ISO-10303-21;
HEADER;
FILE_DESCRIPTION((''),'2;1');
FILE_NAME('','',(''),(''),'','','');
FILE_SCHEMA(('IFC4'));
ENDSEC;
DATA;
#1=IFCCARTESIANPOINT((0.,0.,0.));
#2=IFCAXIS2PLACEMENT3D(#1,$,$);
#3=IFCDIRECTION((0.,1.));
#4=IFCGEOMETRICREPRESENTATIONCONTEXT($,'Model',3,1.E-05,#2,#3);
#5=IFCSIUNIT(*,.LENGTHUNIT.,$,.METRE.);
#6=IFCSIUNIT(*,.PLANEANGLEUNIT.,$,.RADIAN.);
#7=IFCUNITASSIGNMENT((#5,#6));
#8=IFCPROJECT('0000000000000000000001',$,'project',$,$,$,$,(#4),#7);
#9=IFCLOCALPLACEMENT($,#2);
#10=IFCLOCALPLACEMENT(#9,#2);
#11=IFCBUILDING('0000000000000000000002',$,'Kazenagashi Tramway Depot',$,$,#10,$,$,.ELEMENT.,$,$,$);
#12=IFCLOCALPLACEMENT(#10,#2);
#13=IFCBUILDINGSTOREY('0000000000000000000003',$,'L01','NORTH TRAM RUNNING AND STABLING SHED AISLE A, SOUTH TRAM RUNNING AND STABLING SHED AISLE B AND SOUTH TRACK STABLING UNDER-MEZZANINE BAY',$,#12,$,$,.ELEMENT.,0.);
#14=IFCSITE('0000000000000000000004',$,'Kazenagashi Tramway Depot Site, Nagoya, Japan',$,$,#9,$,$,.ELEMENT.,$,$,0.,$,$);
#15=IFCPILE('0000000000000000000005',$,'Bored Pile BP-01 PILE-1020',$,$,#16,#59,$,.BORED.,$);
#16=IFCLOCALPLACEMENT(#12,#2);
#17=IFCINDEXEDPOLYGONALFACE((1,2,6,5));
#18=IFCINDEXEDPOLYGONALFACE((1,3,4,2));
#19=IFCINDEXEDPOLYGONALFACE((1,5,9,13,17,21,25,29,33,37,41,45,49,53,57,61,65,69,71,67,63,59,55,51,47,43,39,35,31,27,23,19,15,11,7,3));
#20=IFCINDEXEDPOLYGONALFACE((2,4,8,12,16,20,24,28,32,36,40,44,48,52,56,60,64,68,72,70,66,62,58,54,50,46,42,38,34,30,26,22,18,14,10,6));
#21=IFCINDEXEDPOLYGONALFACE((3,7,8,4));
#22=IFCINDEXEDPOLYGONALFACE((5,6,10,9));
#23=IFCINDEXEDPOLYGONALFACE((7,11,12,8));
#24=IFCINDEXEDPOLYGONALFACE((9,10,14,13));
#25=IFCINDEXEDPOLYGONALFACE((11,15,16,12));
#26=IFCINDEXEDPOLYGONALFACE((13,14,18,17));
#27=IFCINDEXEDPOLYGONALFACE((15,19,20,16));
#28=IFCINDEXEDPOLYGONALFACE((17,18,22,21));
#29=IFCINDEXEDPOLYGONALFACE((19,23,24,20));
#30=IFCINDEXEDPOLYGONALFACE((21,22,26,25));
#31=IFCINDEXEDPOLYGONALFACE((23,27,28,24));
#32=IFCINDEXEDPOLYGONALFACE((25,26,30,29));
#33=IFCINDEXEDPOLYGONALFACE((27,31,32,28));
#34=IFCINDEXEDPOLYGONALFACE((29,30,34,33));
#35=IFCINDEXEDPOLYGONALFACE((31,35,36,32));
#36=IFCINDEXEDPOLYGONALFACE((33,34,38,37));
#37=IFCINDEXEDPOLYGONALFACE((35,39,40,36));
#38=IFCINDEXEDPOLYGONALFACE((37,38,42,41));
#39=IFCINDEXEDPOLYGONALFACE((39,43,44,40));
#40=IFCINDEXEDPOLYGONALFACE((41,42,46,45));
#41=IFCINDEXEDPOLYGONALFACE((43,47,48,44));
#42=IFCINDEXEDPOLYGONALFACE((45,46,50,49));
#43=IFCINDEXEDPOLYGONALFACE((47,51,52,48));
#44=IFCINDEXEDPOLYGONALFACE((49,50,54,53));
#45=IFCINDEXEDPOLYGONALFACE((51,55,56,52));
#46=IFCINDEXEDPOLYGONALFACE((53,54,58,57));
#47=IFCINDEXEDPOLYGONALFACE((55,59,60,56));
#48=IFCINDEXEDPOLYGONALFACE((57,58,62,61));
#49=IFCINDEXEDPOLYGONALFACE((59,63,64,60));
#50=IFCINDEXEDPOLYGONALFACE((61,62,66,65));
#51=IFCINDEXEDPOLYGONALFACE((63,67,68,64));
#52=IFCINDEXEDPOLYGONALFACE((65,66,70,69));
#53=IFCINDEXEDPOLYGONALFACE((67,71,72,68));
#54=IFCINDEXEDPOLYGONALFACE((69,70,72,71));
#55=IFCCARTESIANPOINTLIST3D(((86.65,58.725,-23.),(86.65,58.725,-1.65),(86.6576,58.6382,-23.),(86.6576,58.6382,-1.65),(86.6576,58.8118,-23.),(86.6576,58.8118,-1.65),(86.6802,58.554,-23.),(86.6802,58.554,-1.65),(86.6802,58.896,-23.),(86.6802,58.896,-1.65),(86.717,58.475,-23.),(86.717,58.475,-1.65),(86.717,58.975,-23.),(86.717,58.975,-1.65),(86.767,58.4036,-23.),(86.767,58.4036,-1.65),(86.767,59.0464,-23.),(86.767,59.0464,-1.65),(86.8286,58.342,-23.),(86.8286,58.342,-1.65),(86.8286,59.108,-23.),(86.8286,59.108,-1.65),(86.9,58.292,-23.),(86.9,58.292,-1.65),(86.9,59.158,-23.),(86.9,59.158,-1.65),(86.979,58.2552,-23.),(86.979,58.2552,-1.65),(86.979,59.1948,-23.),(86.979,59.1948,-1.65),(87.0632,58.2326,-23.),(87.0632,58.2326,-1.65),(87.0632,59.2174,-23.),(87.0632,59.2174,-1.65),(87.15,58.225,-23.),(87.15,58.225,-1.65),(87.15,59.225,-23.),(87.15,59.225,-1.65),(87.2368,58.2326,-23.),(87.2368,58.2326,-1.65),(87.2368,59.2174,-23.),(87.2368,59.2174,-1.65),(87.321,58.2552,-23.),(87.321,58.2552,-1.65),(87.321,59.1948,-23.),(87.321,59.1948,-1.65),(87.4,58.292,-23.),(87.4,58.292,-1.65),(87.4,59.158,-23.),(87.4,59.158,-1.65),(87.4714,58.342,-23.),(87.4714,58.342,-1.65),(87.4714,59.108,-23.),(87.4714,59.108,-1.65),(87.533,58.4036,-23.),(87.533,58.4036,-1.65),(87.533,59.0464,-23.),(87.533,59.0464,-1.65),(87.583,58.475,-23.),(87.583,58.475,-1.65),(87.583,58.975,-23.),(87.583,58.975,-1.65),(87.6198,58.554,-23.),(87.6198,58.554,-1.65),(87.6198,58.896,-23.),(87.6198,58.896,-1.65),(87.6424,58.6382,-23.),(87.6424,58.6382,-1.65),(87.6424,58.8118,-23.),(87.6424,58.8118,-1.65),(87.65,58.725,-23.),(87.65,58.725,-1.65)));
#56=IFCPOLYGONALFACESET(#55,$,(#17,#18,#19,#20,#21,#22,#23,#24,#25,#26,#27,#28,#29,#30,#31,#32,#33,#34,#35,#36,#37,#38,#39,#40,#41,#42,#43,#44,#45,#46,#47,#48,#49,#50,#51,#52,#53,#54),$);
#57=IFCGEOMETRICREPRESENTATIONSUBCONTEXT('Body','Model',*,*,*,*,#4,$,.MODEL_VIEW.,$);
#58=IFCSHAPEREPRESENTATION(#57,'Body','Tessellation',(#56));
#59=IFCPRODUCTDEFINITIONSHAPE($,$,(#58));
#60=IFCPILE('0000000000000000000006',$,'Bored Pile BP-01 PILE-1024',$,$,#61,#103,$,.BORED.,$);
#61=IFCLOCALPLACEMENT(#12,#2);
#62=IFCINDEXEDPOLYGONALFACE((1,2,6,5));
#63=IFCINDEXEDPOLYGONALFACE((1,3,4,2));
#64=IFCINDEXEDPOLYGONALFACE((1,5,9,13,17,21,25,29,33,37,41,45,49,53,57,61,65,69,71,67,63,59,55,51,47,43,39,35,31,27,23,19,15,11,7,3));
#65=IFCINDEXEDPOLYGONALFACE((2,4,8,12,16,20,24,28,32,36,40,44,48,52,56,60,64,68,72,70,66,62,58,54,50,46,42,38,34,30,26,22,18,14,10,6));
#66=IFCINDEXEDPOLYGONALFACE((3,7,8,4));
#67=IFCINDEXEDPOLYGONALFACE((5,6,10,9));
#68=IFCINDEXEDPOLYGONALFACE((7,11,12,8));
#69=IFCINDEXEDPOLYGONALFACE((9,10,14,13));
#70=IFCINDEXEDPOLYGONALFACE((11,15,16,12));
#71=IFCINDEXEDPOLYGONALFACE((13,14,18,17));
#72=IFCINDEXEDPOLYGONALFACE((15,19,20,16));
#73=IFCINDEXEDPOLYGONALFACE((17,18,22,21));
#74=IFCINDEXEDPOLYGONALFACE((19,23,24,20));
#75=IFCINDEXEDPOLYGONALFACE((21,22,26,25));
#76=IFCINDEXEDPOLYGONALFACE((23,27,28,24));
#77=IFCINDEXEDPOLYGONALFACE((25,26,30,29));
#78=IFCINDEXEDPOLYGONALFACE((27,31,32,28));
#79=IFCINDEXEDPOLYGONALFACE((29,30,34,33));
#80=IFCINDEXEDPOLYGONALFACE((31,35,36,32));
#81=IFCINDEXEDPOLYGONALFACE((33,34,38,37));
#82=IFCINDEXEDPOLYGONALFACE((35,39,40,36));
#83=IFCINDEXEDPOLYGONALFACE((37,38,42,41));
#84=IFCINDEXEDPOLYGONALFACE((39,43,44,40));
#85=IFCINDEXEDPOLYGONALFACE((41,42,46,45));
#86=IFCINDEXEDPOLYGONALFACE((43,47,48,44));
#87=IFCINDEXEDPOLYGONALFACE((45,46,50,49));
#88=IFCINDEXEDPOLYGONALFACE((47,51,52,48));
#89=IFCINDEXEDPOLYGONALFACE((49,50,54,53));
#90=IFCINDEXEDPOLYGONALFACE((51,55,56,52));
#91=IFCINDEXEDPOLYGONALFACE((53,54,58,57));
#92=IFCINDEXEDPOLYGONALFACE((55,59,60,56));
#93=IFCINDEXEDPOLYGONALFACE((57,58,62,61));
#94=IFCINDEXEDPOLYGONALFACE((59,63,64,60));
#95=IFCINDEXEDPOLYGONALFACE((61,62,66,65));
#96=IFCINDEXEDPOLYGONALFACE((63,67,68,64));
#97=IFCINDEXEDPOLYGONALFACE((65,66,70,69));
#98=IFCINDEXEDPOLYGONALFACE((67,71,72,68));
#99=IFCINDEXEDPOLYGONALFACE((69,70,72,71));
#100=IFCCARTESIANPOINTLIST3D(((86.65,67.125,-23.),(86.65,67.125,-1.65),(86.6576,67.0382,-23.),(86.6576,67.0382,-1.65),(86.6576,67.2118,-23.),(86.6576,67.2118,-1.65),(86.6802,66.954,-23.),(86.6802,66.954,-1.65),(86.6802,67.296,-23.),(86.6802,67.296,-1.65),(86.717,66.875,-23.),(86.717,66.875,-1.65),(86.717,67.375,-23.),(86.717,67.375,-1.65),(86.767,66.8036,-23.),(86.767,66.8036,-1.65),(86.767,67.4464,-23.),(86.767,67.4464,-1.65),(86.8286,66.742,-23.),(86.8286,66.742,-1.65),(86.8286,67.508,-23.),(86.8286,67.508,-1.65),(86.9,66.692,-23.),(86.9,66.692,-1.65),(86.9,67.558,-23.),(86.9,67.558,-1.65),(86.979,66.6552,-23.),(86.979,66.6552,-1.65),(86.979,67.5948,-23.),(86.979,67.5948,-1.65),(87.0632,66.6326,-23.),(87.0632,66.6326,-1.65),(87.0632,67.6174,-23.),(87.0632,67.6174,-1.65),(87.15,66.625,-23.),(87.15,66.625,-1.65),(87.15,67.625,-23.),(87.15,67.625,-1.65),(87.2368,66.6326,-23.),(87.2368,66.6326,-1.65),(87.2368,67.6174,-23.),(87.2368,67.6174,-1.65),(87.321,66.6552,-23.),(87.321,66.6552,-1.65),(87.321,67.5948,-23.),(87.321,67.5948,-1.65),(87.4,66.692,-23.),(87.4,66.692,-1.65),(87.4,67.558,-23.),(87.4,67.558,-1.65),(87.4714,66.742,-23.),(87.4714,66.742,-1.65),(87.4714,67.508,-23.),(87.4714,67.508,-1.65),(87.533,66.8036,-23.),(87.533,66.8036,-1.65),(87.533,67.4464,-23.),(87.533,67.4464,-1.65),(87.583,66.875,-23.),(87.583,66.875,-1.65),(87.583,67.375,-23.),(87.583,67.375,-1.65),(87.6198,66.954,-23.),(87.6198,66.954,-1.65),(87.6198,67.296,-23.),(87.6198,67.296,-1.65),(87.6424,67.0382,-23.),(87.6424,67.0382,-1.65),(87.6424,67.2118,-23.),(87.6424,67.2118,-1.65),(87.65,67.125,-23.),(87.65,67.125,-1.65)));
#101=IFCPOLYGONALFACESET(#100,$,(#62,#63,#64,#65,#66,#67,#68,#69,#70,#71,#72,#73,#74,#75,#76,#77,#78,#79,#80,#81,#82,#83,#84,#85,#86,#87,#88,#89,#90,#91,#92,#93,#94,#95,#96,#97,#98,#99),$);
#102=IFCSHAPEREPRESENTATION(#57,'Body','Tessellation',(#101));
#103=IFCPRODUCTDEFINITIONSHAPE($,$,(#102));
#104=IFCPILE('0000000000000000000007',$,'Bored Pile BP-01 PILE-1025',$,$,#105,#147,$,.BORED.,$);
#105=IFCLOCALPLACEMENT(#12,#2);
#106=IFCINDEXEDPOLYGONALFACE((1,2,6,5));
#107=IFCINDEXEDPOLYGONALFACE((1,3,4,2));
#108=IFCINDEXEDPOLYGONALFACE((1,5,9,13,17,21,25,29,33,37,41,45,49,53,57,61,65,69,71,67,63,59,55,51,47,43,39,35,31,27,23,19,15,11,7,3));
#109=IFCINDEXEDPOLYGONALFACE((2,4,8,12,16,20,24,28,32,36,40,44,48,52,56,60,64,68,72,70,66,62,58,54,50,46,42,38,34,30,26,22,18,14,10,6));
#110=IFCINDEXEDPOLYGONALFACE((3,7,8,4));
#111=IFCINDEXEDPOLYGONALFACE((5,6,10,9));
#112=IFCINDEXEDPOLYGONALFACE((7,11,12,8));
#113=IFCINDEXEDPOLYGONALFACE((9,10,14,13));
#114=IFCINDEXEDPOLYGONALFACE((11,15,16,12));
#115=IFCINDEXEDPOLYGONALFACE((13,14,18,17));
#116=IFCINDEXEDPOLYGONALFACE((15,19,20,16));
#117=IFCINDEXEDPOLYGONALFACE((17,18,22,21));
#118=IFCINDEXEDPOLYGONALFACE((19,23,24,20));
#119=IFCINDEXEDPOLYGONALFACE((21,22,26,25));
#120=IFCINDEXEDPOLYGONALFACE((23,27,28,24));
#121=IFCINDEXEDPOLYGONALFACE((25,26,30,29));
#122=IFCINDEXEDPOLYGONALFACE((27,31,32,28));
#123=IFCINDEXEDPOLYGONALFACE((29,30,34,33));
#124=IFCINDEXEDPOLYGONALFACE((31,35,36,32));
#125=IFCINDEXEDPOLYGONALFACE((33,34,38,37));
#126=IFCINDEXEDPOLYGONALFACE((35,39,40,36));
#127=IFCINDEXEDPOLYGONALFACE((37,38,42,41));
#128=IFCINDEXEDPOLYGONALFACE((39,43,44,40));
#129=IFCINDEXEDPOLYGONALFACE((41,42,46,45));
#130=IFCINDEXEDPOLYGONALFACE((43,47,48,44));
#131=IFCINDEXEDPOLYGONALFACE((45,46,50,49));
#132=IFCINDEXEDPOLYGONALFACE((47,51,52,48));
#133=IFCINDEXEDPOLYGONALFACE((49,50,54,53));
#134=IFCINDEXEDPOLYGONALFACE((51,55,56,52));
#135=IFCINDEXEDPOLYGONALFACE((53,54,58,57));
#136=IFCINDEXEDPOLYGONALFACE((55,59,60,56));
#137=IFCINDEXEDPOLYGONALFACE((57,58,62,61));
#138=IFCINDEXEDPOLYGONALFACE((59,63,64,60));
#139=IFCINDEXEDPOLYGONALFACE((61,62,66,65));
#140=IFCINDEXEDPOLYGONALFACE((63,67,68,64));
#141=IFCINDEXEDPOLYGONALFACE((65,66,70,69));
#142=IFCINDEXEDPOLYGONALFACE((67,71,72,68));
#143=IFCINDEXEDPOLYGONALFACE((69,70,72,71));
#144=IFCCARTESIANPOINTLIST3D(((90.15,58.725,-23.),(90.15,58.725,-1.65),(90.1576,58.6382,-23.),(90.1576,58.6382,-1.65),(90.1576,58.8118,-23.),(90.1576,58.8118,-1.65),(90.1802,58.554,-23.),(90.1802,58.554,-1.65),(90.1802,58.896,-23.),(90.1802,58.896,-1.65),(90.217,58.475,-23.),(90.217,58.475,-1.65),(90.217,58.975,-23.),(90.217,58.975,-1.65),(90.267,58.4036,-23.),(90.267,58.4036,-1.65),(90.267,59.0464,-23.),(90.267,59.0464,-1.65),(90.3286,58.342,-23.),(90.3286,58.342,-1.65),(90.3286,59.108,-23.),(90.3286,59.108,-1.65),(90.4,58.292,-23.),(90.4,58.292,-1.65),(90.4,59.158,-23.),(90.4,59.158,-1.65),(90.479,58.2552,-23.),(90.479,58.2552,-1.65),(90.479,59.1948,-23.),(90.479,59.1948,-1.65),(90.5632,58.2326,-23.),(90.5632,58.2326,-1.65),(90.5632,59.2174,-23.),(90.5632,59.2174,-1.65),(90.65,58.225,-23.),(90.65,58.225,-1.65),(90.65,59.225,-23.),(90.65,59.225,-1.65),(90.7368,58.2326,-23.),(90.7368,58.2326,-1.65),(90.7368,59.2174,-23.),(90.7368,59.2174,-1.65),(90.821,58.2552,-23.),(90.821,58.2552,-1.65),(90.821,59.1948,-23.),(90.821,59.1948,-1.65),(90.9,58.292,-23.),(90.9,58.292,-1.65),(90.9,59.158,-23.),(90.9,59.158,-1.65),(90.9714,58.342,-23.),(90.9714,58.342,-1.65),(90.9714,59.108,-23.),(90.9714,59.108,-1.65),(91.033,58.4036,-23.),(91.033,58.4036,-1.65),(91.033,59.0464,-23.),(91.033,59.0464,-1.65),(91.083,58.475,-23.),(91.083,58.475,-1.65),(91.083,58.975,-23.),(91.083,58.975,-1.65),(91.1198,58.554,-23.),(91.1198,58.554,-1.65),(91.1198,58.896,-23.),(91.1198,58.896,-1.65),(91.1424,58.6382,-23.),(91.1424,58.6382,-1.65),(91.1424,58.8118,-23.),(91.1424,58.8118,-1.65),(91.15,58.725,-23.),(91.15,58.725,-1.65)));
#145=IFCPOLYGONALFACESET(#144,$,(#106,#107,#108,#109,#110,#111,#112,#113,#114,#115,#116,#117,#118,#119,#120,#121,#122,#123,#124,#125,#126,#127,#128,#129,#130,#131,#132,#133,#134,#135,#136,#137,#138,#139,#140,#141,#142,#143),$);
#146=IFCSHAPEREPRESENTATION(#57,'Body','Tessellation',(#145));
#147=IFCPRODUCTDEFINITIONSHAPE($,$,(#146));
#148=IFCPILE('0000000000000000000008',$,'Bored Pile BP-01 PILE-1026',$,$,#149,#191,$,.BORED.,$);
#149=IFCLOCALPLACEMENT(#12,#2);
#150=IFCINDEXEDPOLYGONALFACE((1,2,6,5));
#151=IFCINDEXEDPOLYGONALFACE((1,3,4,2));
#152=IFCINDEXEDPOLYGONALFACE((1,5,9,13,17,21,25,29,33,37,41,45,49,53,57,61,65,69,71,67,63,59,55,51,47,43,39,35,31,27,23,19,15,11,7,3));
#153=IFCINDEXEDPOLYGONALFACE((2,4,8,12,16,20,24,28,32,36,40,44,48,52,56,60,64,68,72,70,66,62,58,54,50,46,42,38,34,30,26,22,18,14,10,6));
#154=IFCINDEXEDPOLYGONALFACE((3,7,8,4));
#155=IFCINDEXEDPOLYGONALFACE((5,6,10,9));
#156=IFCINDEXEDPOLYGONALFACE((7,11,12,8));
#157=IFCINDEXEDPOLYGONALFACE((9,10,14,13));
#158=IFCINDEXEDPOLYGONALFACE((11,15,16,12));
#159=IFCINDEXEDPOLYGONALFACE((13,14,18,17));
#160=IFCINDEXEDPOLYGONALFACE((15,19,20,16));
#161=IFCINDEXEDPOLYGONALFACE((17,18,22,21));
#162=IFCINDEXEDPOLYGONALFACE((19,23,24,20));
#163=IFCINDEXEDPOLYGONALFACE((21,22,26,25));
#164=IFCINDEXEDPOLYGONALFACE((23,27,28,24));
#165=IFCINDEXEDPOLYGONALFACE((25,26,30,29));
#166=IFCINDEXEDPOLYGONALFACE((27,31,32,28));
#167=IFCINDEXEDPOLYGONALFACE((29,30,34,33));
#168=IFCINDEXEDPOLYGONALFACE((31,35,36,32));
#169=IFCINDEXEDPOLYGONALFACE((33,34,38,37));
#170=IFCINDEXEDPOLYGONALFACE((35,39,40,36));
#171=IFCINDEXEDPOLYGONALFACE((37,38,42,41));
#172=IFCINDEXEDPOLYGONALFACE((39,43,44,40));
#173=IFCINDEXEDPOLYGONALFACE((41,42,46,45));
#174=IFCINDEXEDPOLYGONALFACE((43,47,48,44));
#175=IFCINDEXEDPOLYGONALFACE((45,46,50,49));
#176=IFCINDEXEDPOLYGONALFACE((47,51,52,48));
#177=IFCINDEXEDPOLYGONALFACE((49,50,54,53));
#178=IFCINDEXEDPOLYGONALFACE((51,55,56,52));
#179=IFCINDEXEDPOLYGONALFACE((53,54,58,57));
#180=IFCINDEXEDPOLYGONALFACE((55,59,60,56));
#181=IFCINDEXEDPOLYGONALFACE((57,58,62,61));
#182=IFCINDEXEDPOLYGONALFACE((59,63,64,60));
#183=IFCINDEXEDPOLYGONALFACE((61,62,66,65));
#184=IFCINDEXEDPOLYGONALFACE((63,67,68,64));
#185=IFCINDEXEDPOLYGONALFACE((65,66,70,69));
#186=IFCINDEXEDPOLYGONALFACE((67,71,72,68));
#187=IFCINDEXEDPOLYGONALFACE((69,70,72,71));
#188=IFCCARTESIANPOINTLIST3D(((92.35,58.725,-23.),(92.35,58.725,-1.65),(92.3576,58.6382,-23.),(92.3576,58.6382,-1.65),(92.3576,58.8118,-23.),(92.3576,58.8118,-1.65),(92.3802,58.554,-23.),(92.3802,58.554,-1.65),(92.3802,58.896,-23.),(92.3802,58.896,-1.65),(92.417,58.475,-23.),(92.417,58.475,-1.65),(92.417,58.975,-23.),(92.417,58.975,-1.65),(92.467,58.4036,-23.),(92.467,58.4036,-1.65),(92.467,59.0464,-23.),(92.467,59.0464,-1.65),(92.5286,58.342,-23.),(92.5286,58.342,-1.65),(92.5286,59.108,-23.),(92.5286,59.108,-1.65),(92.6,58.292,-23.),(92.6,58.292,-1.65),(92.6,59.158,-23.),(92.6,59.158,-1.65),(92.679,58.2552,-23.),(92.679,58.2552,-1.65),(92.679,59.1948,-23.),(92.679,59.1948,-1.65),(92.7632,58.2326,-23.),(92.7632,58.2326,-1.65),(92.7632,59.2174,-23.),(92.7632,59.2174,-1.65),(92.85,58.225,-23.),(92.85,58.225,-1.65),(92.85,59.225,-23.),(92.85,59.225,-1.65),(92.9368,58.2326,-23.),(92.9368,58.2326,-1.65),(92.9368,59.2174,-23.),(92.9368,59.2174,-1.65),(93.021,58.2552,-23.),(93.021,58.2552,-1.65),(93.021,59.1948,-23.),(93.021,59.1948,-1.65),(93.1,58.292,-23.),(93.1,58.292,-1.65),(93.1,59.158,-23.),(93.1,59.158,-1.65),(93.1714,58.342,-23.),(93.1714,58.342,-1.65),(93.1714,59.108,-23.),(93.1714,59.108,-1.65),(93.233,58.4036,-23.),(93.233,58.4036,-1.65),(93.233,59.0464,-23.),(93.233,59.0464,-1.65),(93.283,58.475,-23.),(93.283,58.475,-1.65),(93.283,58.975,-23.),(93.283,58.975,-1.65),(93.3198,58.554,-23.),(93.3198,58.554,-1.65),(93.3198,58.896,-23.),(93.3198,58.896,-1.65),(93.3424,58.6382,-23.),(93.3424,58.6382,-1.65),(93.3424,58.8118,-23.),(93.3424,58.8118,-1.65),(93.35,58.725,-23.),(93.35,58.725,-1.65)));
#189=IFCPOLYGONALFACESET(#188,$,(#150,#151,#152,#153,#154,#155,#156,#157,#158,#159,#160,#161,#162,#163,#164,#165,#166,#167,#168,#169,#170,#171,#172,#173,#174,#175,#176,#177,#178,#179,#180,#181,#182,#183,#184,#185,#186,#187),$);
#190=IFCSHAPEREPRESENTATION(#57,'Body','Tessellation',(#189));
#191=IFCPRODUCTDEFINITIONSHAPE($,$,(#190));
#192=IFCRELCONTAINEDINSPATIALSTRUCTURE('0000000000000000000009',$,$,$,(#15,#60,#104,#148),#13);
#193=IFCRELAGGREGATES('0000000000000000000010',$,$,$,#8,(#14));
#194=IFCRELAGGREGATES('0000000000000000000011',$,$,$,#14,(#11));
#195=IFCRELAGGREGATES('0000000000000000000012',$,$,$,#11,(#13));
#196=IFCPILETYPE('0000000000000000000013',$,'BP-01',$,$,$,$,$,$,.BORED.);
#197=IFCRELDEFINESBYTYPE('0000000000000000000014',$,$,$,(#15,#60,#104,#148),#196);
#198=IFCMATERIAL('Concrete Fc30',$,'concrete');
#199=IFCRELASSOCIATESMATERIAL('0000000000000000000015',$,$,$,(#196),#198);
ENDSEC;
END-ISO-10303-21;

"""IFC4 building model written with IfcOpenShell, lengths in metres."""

from ifc_helpers import new_model, si_unit, direction, frame, origin, origin_2d, place, context, subcontext, project, spatial, circle, extrude, material, material_profile, profile_set, type_object, element, save


model = new_model("IFC4")

# Units and contexts
model_context = context("Model", 3, precision=1e-05, world=origin(), true_north=direction((0.0, 1.0)))
body_context = subcontext(model_context, "Body", "Model", "MODEL_VIEW")
ifc_project = project(units=[si_unit("LENGTHUNIT", "METRE"), si_unit("PLANEANGLEUNIT", "RADIAN")], contexts=[model_context])

# Site, building, storey
site_placement = place(None, origin())
site = spatial("IfcSite", under=ifc_project, at=site_placement, Name="Kazenagashi Tramway Depot Site, Nagoya, Japan", CompositionType="ELEMENT", RefElevation=0.0)
building_placement = place(site_placement, origin())
building = spatial("IfcBuilding", under=site, at=building_placement, Name="Kazenagashi Tramway Depot", CompositionType="ELEMENT")
storey_placement = place(building_placement, origin())
storey = spatial("IfcBuildingStorey", under=building, at=storey_placement, Name="L01", Description="NORTH TRAM RUNNING AND STABLING SHED AISLE A, SOUTH TRAM RUNNING AND STABLING SHED AISLE B AND SOUTH TRACK STABLING UNDER-MEZZANINE BAY", CompositionType="ELEMENT", Elevation=0.0)

# Piles
ifc_material_1 = material(Name="Concrete Fc30", Category="concrete")
ifc_material_profile_1 = material_profile(ifc_material_1, circle(Radius=0.5, at=origin_2d()), Name="PILE-1000")
ifc_profile_set_1 = profile_set([ifc_material_profile_1], Name="Concrete Fc30")
pile_type = type_object("IfcPileType", Name="BP-01", PredefinedType="BORED", material=ifc_profile_set_1)
for number, where, z_axis, x_axis, name in (
    (1, (87.15, 58.725, -1.65), (0.0, 0.0, -1.0), (1.0, 0.0, 0.0), "Bored Pile BP-01 PILE-1020"),
    (2, (87.15, 67.125, -1.65), (0.0, 0.0, -1.0), (1.0, 0.0, 0.0), "Bored Pile BP-01 PILE-1024"),
    (3, (90.65, 58.725, -1.65), (0.0, 0.0, -1.0), (1.0, 0.0, 0.0), "Bored Pile BP-01 PILE-1025"),
    (4, (92.85, 58.725, -1.65), (0.0, 0.0, -1.0), (1.0, 0.0, 0.0), "Bored Pile BP-01 PILE-1026"),
):
    element("IfcPile", number, at=place(storey_placement, frame(where, z_axis=z_axis, x_axis=x_axis)), inside=storey, type_object=pile_type, Name=name, PredefinedType="BORED", context=body_context, shape_type="SweptSolid", body=[
        extrude(circle(Radius=0.5, at=origin_2d()), origin(), (0.0, 0.0, 1.0), 21.35),
    ])

save(model, "model.ifc")
